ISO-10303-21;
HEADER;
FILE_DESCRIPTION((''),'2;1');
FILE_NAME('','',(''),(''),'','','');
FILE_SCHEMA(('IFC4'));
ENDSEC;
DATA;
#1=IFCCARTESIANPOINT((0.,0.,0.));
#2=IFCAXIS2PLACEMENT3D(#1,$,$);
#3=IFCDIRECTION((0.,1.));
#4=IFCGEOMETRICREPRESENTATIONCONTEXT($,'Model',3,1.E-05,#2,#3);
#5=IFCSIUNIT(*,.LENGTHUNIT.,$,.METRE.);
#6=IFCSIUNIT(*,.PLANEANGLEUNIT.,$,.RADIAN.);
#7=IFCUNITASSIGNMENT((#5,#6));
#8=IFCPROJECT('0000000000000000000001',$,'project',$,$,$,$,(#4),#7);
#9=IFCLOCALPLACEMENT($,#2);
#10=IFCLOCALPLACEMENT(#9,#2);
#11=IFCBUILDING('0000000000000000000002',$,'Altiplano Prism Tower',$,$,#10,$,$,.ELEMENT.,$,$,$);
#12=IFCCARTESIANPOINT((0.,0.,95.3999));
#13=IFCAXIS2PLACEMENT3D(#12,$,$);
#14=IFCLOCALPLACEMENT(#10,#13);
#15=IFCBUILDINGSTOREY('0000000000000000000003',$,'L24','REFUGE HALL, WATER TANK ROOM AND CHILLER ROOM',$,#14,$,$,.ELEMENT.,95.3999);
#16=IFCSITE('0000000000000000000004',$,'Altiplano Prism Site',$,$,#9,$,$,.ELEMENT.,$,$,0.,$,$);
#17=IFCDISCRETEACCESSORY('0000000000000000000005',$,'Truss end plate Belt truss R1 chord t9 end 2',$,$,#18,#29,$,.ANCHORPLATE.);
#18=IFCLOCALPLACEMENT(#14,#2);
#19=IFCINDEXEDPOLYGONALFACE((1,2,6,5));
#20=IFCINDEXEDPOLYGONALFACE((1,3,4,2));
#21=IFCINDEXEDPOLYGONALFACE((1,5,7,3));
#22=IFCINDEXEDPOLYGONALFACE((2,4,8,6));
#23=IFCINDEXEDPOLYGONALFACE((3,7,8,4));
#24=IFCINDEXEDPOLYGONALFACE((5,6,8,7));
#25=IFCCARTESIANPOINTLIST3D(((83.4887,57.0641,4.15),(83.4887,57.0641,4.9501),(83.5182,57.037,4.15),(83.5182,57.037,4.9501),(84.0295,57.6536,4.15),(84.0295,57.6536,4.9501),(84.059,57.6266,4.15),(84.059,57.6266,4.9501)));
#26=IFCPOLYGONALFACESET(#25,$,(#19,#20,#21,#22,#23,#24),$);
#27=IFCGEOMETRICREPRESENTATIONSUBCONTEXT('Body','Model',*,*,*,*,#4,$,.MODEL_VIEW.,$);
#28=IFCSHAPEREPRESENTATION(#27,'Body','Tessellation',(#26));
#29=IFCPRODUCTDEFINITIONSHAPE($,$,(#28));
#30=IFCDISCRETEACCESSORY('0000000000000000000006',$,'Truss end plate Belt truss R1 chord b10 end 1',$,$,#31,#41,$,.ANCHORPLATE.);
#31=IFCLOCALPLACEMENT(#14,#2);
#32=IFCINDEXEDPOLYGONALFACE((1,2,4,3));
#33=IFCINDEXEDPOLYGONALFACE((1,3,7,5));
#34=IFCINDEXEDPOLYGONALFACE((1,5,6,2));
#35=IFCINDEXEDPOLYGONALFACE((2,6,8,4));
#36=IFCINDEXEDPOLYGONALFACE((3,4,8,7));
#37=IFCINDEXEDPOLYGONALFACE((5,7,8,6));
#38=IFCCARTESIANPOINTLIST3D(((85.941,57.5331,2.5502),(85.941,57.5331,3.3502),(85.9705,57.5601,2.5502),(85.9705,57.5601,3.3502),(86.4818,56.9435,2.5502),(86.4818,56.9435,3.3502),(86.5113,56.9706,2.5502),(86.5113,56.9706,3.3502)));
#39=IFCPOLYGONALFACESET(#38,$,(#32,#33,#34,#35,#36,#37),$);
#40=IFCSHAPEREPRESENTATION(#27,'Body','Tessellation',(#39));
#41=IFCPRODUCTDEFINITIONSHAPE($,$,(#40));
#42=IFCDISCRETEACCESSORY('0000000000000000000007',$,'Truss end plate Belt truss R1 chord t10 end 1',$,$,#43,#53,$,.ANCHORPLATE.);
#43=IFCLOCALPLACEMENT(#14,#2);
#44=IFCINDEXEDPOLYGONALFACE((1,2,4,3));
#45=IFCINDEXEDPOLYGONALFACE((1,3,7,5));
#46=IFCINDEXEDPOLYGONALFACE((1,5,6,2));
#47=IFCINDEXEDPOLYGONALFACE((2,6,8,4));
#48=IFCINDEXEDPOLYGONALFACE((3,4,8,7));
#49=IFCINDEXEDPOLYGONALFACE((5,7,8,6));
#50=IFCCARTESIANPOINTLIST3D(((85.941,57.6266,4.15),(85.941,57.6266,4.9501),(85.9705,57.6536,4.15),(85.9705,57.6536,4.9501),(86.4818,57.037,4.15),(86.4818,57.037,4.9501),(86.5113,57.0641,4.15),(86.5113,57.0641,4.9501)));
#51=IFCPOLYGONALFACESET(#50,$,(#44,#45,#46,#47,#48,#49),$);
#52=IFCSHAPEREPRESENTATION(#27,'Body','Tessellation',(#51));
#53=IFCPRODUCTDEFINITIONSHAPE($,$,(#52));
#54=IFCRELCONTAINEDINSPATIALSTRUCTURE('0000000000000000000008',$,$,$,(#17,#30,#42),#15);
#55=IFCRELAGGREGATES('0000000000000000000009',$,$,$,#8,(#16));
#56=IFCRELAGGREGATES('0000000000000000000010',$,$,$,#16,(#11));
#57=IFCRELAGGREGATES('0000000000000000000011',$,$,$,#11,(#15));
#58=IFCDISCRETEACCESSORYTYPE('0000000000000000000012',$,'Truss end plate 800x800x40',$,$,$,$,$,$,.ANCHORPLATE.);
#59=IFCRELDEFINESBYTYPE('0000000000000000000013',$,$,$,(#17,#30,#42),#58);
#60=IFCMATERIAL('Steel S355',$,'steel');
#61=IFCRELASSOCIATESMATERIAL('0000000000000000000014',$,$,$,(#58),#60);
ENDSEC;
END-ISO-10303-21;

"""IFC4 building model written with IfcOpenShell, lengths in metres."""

from ifc_helpers import new_model, si_unit, direction, frame, origin, origin_2d, place, context, subcontext, project, spatial, rectangle, extrude, material, material_profile, profile_set, type_object, element, save


model = new_model("IFC4")

# Units and contexts
model_context = context("Model", 3, precision=1e-05, world=origin(), true_north=direction((0.0, 1.0)))
body_context = subcontext(model_context, "Body", "Model", "MODEL_VIEW")
ifc_project = project(units=[si_unit("LENGTHUNIT", "METRE"), si_unit("PLANEANGLEUNIT", "RADIAN")], contexts=[model_context])

# Site, building, storey
site_placement = place(None, origin())
site = spatial("IfcSite", under=ifc_project, at=site_placement, Name="Altiplano Prism Site", CompositionType="ELEMENT", RefElevation=0.0)
building_placement = place(site_placement, origin())
building = spatial("IfcBuilding", under=site, at=building_placement, Name="Altiplano Prism Tower", CompositionType="ELEMENT")
storey_placement = place(building_placement, frame((0.0, 0.0, 95.3999)))
storey = spatial("IfcBuildingStorey", under=building, at=storey_placement, Name="L24", Description="REFUGE HALL, WATER TANK ROOM AND CHILLER ROOM", CompositionType="ELEMENT", Elevation=95.3999)

# Shared definitions
ifc_material_1 = material(Name="Steel S355", Category="steel")

# Discrete accessories
ifc_material_profile_1 = material_profile(ifc_material_1, rectangle(XDim=0.8, YDim=0.8, at=origin_2d()), Name="Truss end plate 800x800x40")
ifc_profile_set_1 = profile_set([ifc_material_profile_1], Name="Steel S355")
discrete_accessory_type = type_object("IfcDiscreteAccessoryType", Name="Truss end plate 800x800x40", PredefinedType="ANCHORPLATE", material=ifc_profile_set_1)
for number, where, z_axis, x_axis, name in (
    (1, (83.7886, 57.3318, 4.55), (-0.736901, 0.676, 0.0), (-0.676, -0.736901, 0.0), "Truss end plate Belt truss R1 chord t9 end 2"),
    (2, (86.2114, 57.2383, 2.9502), (0.736901, 0.676, 0.0), (-0.676, 0.736901, 0.0), "Truss end plate Belt truss R1 chord b10 end 1"),
    (3, (86.2114, 57.3318, 4.55), (0.736901, 0.676, 0.0), (-0.676, 0.736901, 0.0), "Truss end plate Belt truss R1 chord t10 end 1"),
):
    element("IfcDiscreteAccessory", number, at=place(storey_placement, frame(where, z_axis=z_axis, x_axis=x_axis)), inside=storey, type_object=discrete_accessory_type, Name=name, PredefinedType="ANCHORPLATE", context=body_context, shape_type="SweptSolid", body=[
        extrude(rectangle(XDim=0.8, YDim=0.8, at=origin_2d()), origin(), (0.0, 0.0, 1.0), 0.04),
    ])

save(model, "model.ifc")
